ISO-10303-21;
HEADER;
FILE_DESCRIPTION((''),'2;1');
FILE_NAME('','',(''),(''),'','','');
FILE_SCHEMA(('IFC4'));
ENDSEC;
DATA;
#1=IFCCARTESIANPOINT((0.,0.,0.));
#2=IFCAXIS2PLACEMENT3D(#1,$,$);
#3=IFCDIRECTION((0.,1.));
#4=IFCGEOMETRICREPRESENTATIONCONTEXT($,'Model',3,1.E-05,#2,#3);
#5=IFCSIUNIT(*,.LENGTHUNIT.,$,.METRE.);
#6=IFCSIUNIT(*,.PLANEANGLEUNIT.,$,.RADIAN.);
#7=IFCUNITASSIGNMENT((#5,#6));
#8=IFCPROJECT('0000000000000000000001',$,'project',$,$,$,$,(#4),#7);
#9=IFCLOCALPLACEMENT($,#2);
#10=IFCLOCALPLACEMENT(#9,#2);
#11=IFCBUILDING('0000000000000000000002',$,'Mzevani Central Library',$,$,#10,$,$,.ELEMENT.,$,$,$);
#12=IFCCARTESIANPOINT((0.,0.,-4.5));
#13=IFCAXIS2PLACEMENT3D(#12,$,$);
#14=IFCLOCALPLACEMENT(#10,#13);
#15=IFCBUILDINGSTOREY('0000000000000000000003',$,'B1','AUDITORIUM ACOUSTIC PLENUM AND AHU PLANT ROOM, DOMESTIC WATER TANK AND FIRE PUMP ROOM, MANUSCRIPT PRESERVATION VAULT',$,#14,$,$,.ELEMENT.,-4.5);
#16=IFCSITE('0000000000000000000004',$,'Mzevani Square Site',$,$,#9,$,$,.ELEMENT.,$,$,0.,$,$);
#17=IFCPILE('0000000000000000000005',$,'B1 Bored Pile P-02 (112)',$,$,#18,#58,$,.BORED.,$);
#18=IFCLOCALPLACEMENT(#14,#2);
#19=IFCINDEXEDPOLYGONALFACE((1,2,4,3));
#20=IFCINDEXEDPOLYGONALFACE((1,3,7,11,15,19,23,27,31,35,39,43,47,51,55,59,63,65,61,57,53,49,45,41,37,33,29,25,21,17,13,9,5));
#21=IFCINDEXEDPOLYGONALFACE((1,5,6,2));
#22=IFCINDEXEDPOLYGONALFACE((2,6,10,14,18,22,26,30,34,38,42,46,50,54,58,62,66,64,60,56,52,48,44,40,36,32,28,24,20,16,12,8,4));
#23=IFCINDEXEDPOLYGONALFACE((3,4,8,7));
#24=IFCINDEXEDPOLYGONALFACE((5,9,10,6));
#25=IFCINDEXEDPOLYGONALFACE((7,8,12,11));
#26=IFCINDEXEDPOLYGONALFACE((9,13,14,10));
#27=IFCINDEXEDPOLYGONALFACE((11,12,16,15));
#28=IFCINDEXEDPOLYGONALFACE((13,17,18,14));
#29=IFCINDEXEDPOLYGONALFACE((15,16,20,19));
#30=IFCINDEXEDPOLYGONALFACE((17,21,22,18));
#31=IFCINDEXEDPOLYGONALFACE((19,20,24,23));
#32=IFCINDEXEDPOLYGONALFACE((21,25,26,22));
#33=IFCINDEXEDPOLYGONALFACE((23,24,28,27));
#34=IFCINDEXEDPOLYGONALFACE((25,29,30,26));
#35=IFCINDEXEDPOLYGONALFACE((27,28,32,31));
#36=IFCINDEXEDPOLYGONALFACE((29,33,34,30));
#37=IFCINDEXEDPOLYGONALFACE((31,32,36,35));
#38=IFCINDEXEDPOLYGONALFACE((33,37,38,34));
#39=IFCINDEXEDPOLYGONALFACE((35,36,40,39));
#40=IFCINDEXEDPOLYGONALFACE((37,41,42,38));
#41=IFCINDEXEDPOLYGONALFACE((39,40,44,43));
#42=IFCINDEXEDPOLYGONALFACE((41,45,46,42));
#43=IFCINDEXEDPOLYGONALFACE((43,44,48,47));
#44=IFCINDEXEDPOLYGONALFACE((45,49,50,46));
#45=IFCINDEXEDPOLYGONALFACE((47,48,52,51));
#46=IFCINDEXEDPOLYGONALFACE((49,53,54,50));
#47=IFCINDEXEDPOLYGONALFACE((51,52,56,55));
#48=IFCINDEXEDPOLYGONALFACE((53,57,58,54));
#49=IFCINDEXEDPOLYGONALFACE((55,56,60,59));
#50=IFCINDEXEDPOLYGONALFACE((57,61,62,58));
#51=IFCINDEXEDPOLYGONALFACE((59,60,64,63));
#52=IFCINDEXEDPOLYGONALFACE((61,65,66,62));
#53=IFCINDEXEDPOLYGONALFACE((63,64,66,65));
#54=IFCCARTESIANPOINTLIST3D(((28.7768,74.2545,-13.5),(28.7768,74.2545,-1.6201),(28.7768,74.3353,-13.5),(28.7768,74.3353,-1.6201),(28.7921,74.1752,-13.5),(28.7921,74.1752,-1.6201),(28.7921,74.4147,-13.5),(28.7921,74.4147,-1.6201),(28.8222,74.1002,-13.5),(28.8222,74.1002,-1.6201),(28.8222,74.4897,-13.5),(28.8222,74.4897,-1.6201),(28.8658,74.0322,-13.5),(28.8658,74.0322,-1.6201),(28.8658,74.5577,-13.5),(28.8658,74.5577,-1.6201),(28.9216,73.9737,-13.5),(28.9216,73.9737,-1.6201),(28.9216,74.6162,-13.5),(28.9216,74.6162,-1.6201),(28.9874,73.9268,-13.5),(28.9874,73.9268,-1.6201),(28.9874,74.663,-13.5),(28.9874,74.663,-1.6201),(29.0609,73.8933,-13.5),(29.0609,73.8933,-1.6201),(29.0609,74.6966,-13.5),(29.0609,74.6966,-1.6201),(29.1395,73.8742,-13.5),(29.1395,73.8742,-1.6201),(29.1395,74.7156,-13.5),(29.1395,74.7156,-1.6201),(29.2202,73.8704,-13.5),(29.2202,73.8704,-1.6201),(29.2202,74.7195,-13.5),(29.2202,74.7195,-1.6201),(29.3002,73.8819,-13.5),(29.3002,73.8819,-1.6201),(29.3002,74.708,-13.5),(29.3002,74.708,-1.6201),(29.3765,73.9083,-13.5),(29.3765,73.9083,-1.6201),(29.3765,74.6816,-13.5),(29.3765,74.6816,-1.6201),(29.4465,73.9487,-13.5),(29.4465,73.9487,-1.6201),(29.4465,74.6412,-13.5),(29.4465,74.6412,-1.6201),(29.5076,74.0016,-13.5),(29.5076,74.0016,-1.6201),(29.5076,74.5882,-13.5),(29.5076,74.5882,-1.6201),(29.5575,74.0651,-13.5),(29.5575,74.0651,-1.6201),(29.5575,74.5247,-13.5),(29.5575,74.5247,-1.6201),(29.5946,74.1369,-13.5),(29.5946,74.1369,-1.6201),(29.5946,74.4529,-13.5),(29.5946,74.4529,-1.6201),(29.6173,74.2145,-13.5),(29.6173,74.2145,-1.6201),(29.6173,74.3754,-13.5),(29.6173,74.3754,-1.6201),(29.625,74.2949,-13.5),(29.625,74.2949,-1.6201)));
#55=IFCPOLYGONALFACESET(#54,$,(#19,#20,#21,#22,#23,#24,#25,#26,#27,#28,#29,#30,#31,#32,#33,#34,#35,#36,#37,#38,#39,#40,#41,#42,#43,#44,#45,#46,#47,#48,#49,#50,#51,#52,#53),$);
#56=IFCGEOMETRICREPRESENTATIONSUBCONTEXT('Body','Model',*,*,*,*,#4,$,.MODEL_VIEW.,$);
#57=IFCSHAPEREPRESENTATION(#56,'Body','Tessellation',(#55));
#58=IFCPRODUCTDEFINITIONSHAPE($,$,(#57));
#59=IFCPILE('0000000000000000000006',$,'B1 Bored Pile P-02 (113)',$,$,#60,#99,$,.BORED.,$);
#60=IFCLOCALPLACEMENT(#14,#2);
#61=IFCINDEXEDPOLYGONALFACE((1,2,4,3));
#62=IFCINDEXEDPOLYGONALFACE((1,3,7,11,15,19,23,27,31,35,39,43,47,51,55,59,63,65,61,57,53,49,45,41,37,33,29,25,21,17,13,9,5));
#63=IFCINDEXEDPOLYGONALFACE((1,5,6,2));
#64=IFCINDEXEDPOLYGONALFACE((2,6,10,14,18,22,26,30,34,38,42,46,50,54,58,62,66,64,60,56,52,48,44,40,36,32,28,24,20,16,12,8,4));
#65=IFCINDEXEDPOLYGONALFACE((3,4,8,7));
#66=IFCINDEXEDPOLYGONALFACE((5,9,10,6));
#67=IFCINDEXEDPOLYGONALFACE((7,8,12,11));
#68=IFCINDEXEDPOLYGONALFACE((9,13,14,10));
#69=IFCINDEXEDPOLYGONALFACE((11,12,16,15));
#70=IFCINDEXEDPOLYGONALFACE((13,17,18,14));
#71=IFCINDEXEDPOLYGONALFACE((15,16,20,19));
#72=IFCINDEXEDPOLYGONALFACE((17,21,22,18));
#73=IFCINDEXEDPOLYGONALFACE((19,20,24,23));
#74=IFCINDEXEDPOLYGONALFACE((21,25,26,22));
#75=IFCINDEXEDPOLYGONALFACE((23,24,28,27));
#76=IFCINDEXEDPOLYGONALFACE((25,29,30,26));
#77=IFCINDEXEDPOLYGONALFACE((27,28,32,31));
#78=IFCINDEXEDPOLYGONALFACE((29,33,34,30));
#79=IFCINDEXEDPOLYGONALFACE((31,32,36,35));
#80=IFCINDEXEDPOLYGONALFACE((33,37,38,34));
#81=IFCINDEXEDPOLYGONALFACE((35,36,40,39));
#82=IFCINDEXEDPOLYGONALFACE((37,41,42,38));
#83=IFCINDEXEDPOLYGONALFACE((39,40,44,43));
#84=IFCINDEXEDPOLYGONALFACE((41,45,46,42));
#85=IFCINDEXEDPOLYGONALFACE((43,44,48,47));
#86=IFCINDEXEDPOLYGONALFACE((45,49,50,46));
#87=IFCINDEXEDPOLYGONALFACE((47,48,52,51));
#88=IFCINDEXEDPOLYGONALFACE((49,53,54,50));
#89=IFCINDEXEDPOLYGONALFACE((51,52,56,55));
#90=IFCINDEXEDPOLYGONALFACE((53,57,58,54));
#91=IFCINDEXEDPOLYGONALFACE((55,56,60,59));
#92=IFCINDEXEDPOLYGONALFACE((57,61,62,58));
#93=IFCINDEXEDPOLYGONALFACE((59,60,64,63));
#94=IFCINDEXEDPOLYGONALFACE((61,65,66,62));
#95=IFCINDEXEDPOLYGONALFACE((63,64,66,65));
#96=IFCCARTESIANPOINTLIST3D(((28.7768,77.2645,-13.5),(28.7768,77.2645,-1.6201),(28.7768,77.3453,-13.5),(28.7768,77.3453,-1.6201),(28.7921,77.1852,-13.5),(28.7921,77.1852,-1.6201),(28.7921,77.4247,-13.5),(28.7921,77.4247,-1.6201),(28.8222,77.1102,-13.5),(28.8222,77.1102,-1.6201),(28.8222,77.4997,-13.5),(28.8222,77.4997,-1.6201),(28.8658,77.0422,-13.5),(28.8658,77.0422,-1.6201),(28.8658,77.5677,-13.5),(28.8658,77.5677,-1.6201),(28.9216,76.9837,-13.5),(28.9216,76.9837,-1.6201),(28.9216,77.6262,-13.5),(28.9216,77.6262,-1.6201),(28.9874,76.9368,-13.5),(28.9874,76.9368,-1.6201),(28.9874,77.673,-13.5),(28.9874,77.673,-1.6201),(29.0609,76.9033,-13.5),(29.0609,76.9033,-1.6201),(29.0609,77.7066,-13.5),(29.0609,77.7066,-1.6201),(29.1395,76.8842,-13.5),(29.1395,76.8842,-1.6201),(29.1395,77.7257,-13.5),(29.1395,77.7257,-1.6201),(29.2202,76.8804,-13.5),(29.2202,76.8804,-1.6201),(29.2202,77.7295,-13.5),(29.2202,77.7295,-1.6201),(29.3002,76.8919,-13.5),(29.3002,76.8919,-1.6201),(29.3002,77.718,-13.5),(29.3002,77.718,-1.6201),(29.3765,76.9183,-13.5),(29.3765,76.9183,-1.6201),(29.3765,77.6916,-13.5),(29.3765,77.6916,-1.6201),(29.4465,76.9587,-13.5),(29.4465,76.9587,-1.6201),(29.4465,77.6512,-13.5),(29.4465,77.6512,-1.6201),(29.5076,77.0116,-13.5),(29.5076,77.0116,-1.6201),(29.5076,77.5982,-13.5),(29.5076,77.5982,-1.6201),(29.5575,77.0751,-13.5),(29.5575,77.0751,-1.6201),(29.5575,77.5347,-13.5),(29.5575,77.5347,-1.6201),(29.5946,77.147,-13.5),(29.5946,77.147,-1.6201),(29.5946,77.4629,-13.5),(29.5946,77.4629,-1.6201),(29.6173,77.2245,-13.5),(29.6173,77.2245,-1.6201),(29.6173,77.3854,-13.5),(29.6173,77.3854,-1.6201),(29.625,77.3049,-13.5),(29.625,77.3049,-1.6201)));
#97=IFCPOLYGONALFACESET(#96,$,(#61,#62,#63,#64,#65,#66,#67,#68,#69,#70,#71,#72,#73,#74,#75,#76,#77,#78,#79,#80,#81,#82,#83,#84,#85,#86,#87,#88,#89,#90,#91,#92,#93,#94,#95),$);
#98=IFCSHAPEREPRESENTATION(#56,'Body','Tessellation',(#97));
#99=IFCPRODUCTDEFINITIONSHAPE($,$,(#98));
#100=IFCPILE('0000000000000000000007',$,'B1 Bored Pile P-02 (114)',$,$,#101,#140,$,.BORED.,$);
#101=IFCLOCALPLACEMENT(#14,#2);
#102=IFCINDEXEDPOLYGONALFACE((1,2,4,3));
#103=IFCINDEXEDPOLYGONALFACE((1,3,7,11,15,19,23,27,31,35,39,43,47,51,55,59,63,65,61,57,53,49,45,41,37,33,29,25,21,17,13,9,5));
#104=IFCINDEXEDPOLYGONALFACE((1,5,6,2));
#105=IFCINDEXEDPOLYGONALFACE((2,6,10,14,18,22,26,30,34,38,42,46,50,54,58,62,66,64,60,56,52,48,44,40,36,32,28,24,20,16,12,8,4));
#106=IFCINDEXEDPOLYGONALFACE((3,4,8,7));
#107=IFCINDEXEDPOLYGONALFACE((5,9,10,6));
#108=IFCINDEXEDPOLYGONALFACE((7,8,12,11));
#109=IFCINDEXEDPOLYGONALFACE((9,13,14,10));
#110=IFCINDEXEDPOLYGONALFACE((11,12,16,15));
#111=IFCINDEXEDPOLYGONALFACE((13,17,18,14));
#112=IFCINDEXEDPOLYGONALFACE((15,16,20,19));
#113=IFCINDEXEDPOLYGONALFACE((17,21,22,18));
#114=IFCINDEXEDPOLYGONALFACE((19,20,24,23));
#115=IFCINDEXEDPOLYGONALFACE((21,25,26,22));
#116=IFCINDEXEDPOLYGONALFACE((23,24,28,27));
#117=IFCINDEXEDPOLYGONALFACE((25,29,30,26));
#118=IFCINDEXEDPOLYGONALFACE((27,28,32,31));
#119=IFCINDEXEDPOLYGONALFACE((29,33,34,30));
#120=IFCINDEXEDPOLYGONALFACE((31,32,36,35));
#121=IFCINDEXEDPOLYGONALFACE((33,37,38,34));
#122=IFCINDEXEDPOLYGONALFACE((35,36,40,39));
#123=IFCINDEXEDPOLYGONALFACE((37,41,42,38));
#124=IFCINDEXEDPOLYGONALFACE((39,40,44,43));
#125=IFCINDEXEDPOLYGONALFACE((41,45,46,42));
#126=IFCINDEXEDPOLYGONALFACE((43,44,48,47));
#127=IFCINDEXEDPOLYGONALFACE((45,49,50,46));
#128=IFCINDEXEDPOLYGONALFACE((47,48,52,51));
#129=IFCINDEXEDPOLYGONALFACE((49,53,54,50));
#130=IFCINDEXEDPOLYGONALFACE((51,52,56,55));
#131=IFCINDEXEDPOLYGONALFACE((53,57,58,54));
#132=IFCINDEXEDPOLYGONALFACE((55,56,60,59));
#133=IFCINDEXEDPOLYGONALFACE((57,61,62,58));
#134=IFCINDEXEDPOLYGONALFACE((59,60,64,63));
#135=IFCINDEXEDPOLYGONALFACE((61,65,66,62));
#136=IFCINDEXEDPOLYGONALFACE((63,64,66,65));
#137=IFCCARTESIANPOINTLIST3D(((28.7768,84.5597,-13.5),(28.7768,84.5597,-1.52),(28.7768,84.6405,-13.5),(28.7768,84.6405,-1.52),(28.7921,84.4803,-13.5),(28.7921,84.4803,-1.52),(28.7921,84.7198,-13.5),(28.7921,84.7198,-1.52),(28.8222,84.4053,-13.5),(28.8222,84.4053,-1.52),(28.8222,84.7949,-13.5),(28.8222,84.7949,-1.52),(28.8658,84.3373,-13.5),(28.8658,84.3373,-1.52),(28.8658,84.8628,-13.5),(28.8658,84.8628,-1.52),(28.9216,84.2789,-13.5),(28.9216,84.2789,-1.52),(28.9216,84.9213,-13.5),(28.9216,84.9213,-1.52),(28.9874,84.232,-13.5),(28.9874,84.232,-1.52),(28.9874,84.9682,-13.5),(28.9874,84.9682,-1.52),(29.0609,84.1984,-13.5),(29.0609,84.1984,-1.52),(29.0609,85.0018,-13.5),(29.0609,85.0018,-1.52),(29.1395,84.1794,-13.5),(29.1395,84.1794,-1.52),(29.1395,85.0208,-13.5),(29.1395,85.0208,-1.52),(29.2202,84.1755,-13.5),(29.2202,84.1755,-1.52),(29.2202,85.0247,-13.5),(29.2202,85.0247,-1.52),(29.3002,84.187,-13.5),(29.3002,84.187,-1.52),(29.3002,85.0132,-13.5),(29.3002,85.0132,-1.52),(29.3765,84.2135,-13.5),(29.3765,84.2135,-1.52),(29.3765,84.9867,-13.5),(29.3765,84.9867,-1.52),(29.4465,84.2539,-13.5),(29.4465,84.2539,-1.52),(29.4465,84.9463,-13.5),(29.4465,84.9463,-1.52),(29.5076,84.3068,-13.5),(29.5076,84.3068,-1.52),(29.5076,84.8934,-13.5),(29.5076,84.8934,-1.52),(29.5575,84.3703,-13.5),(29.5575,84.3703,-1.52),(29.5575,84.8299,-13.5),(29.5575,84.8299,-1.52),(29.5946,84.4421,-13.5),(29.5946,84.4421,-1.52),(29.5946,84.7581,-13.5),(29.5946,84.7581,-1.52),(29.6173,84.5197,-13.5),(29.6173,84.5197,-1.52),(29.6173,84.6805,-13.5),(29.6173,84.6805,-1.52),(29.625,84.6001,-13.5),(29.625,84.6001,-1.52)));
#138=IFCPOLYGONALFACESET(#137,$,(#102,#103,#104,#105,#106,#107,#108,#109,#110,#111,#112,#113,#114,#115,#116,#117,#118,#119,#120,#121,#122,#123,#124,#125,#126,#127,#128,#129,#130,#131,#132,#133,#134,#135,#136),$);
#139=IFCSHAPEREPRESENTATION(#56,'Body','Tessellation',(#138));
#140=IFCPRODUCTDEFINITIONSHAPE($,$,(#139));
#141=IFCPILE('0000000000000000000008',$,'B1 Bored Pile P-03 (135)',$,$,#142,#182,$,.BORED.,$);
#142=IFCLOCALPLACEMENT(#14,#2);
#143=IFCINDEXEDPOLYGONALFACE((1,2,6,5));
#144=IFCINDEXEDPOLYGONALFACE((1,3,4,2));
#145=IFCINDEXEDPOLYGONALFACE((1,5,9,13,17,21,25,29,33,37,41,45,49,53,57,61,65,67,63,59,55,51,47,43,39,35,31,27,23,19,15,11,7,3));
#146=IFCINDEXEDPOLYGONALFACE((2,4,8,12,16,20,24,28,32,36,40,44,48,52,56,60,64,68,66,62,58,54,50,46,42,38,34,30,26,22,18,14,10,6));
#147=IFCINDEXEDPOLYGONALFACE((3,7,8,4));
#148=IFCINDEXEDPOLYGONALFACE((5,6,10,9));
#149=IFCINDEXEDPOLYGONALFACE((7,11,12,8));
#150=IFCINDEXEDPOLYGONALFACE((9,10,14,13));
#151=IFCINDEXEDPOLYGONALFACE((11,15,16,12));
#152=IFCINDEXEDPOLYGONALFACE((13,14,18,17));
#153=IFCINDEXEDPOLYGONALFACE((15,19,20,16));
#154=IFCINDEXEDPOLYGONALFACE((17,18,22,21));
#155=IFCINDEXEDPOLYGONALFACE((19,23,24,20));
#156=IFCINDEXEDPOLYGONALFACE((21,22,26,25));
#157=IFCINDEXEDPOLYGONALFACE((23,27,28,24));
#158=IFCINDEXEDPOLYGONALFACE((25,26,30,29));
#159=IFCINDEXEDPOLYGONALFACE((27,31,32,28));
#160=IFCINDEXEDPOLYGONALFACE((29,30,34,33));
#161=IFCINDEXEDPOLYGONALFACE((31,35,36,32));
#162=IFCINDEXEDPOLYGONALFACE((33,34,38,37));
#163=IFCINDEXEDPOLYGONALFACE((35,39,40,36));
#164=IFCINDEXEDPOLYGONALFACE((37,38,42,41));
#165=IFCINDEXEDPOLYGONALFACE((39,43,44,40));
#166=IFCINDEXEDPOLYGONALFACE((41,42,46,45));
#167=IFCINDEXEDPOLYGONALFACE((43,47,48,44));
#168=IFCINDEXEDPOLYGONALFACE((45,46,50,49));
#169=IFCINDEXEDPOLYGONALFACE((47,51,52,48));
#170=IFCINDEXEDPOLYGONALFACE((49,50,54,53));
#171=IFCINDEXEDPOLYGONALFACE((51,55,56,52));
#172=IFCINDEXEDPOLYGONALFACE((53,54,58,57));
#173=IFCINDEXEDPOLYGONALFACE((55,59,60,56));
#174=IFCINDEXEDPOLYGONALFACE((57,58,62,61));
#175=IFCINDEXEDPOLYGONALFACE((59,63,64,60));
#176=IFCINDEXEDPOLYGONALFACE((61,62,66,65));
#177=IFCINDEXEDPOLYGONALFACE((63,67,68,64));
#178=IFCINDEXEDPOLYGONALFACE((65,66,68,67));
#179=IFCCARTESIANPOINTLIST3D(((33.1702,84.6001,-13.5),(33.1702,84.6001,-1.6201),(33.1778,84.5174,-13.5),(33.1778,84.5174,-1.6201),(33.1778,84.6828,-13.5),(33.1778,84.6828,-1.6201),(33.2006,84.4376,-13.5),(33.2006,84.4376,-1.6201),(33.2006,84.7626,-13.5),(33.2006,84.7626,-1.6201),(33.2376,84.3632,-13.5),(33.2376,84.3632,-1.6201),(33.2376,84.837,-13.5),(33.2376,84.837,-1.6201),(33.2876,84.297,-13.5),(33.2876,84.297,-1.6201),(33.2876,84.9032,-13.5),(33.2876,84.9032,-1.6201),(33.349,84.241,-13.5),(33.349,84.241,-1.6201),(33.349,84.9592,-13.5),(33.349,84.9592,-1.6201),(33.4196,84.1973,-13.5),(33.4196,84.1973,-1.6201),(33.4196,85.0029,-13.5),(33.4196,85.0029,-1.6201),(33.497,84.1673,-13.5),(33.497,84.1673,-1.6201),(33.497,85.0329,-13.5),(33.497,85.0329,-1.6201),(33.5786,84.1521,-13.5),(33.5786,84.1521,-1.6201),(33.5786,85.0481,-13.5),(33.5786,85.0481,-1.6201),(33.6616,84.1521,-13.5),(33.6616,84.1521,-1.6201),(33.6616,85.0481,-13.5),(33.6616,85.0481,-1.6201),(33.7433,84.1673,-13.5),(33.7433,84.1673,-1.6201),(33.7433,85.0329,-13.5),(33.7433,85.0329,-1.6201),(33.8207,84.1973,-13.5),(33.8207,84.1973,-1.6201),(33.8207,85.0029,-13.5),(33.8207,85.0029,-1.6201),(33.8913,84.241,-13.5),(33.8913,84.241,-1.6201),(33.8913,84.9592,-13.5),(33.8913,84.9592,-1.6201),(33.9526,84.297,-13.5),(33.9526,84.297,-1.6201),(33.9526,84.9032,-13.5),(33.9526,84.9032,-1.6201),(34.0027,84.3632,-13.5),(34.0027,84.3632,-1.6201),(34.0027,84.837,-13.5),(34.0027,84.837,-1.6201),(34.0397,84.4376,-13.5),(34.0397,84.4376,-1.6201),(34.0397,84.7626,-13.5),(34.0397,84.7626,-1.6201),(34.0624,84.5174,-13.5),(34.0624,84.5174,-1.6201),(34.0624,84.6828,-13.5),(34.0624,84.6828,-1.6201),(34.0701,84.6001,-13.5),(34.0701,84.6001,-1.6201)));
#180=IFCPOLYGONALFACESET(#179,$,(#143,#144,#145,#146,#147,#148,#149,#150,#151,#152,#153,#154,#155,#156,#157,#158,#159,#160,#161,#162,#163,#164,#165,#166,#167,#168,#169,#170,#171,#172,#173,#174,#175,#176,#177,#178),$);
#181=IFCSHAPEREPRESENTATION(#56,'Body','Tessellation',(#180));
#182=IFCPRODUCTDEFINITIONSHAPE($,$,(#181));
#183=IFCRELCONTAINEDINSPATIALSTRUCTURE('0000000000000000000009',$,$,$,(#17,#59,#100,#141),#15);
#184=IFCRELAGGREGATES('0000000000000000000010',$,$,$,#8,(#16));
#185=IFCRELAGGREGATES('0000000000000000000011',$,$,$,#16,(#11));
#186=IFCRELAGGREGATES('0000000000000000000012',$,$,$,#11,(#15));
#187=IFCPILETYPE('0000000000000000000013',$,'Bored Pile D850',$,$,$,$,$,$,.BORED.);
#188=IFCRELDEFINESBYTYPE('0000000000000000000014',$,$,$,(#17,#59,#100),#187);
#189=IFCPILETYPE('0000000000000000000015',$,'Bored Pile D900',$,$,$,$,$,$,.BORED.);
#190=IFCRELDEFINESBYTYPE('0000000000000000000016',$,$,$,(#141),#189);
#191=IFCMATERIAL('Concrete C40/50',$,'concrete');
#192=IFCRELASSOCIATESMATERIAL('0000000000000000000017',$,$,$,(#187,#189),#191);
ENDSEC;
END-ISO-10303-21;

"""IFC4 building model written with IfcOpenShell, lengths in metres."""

from ifc_helpers import new_model, si_unit, direction, frame, origin, origin_2d, place, context, subcontext, project, spatial, circle, extrude, material, material_profile, profile_set, type_object, element, save


model = new_model("IFC4")

# Units and contexts
model_context = context("Model", 3, precision=1e-05, world=origin(), true_north=direction((0.0, 1.0)))
body_context = subcontext(model_context, "Body", "Model", "MODEL_VIEW")
ifc_project = project(units=[si_unit("LENGTHUNIT", "METRE"), si_unit("PLANEANGLEUNIT", "RADIAN")], contexts=[model_context])

# Site, building, storey
site_placement = place(None, origin())
site = spatial("IfcSite", under=ifc_project, at=site_placement, Name="Mzevani Square Site", CompositionType="ELEMENT", RefElevation=0.0)
building_placement = place(site_placement, origin())
building = spatial("IfcBuilding", under=site, at=building_placement, Name="Mzevani Central Library", CompositionType="ELEMENT")
storey_placement = place(building_placement, frame((0.0, 0.0, -4.5)))
storey = spatial("IfcBuildingStorey", under=building, at=storey_placement, Name="B1", Description="AUDITORIUM ACOUSTIC PLENUM AND AHU PLANT ROOM, DOMESTIC WATER TANK AND FIRE PUMP ROOM, MANUSCRIPT PRESERVATION VAULT", CompositionType="ELEMENT", Elevation=-4.5)

# Piles
ifc_material_1 = material(Name="Concrete C40/50", Category="concrete")
ifc_material_profile_1 = material_profile(ifc_material_1, circle(Radius=0.425, at=origin_2d()), Name="PILE D850")
ifc_profile_set_1 = profile_set([ifc_material_profile_1], Name="Concrete C40/50")
pile_type_1 = type_object("IfcPileType", Name="Bored Pile D850", PredefinedType="BORED", material=ifc_profile_set_1)
for number, where, z_axis, x_axis, name in (
    (1, (29.2, 74.2949, -1.6201), (0.0, 0.0, -1.0), (1.0, 0.0, 0.0), "B1 Bored Pile P-02 (112)"),
    (2, (29.2, 77.3049, -1.6201), (0.0, 0.0, -1.0), (1.0, 0.0, 0.0), "B1 Bored Pile P-02 (113)"),
):
    element("IfcPile", number, at=place(storey_placement, frame(where, z_axis=z_axis, x_axis=x_axis)), inside=storey, type_object=pile_type_1, Name=name, PredefinedType="BORED", context=body_context, shape_type="SweptSolid", body=[
        extrude(circle(Radius=0.425, at=origin_2d()), origin(), (0.0, 0.0, 1.0), 11.8799),
    ])
pile_placement = place(storey_placement, frame((29.2, 84.6001, -1.52), z_axis=(0.0, 0.0, -1.0), x_axis=(1.0, 0.0, 0.0)))
element("IfcPile", 3, at=pile_placement, inside=storey, type_object=pile_type_1, Name="B1 Bored Pile P-02 (114)", PredefinedType="BORED", context=body_context, shape_type="SweptSolid", body=[
    extrude(circle(Radius=0.425, at=origin_2d()), origin(), (0.0, 0.0, 1.0), 11.98),
])
ifc_material_profile_2 = material_profile(ifc_material_1, circle(Radius=0.45, at=origin_2d()), Name="PILE D900")
ifc_profile_set_2 = profile_set([ifc_material_profile_2], Name="Concrete C40/50")
pile_type_2 = type_object("IfcPileType", Name="Bored Pile D900", PredefinedType="BORED", material=ifc_profile_set_2)
for number, where, z_axis, x_axis, name in (
    (4, (33.6201, 84.6001, -1.6201), (0.0, 0.0, -1.0), (1.0, 0.0, 0.0), "B1 Bored Pile P-03 (135)"),
):
    element("IfcPile", number, at=place(storey_placement, frame(where, z_axis=z_axis, x_axis=x_axis)), inside=storey, type_object=pile_type_2, Name=name, PredefinedType="BORED", context=body_context, shape_type="SweptSolid", body=[
        extrude(circle(Radius=0.45, at=origin_2d()), origin(), (0.0, 0.0, 1.0), 11.8799),
    ])

save(model, "model.ifc")
